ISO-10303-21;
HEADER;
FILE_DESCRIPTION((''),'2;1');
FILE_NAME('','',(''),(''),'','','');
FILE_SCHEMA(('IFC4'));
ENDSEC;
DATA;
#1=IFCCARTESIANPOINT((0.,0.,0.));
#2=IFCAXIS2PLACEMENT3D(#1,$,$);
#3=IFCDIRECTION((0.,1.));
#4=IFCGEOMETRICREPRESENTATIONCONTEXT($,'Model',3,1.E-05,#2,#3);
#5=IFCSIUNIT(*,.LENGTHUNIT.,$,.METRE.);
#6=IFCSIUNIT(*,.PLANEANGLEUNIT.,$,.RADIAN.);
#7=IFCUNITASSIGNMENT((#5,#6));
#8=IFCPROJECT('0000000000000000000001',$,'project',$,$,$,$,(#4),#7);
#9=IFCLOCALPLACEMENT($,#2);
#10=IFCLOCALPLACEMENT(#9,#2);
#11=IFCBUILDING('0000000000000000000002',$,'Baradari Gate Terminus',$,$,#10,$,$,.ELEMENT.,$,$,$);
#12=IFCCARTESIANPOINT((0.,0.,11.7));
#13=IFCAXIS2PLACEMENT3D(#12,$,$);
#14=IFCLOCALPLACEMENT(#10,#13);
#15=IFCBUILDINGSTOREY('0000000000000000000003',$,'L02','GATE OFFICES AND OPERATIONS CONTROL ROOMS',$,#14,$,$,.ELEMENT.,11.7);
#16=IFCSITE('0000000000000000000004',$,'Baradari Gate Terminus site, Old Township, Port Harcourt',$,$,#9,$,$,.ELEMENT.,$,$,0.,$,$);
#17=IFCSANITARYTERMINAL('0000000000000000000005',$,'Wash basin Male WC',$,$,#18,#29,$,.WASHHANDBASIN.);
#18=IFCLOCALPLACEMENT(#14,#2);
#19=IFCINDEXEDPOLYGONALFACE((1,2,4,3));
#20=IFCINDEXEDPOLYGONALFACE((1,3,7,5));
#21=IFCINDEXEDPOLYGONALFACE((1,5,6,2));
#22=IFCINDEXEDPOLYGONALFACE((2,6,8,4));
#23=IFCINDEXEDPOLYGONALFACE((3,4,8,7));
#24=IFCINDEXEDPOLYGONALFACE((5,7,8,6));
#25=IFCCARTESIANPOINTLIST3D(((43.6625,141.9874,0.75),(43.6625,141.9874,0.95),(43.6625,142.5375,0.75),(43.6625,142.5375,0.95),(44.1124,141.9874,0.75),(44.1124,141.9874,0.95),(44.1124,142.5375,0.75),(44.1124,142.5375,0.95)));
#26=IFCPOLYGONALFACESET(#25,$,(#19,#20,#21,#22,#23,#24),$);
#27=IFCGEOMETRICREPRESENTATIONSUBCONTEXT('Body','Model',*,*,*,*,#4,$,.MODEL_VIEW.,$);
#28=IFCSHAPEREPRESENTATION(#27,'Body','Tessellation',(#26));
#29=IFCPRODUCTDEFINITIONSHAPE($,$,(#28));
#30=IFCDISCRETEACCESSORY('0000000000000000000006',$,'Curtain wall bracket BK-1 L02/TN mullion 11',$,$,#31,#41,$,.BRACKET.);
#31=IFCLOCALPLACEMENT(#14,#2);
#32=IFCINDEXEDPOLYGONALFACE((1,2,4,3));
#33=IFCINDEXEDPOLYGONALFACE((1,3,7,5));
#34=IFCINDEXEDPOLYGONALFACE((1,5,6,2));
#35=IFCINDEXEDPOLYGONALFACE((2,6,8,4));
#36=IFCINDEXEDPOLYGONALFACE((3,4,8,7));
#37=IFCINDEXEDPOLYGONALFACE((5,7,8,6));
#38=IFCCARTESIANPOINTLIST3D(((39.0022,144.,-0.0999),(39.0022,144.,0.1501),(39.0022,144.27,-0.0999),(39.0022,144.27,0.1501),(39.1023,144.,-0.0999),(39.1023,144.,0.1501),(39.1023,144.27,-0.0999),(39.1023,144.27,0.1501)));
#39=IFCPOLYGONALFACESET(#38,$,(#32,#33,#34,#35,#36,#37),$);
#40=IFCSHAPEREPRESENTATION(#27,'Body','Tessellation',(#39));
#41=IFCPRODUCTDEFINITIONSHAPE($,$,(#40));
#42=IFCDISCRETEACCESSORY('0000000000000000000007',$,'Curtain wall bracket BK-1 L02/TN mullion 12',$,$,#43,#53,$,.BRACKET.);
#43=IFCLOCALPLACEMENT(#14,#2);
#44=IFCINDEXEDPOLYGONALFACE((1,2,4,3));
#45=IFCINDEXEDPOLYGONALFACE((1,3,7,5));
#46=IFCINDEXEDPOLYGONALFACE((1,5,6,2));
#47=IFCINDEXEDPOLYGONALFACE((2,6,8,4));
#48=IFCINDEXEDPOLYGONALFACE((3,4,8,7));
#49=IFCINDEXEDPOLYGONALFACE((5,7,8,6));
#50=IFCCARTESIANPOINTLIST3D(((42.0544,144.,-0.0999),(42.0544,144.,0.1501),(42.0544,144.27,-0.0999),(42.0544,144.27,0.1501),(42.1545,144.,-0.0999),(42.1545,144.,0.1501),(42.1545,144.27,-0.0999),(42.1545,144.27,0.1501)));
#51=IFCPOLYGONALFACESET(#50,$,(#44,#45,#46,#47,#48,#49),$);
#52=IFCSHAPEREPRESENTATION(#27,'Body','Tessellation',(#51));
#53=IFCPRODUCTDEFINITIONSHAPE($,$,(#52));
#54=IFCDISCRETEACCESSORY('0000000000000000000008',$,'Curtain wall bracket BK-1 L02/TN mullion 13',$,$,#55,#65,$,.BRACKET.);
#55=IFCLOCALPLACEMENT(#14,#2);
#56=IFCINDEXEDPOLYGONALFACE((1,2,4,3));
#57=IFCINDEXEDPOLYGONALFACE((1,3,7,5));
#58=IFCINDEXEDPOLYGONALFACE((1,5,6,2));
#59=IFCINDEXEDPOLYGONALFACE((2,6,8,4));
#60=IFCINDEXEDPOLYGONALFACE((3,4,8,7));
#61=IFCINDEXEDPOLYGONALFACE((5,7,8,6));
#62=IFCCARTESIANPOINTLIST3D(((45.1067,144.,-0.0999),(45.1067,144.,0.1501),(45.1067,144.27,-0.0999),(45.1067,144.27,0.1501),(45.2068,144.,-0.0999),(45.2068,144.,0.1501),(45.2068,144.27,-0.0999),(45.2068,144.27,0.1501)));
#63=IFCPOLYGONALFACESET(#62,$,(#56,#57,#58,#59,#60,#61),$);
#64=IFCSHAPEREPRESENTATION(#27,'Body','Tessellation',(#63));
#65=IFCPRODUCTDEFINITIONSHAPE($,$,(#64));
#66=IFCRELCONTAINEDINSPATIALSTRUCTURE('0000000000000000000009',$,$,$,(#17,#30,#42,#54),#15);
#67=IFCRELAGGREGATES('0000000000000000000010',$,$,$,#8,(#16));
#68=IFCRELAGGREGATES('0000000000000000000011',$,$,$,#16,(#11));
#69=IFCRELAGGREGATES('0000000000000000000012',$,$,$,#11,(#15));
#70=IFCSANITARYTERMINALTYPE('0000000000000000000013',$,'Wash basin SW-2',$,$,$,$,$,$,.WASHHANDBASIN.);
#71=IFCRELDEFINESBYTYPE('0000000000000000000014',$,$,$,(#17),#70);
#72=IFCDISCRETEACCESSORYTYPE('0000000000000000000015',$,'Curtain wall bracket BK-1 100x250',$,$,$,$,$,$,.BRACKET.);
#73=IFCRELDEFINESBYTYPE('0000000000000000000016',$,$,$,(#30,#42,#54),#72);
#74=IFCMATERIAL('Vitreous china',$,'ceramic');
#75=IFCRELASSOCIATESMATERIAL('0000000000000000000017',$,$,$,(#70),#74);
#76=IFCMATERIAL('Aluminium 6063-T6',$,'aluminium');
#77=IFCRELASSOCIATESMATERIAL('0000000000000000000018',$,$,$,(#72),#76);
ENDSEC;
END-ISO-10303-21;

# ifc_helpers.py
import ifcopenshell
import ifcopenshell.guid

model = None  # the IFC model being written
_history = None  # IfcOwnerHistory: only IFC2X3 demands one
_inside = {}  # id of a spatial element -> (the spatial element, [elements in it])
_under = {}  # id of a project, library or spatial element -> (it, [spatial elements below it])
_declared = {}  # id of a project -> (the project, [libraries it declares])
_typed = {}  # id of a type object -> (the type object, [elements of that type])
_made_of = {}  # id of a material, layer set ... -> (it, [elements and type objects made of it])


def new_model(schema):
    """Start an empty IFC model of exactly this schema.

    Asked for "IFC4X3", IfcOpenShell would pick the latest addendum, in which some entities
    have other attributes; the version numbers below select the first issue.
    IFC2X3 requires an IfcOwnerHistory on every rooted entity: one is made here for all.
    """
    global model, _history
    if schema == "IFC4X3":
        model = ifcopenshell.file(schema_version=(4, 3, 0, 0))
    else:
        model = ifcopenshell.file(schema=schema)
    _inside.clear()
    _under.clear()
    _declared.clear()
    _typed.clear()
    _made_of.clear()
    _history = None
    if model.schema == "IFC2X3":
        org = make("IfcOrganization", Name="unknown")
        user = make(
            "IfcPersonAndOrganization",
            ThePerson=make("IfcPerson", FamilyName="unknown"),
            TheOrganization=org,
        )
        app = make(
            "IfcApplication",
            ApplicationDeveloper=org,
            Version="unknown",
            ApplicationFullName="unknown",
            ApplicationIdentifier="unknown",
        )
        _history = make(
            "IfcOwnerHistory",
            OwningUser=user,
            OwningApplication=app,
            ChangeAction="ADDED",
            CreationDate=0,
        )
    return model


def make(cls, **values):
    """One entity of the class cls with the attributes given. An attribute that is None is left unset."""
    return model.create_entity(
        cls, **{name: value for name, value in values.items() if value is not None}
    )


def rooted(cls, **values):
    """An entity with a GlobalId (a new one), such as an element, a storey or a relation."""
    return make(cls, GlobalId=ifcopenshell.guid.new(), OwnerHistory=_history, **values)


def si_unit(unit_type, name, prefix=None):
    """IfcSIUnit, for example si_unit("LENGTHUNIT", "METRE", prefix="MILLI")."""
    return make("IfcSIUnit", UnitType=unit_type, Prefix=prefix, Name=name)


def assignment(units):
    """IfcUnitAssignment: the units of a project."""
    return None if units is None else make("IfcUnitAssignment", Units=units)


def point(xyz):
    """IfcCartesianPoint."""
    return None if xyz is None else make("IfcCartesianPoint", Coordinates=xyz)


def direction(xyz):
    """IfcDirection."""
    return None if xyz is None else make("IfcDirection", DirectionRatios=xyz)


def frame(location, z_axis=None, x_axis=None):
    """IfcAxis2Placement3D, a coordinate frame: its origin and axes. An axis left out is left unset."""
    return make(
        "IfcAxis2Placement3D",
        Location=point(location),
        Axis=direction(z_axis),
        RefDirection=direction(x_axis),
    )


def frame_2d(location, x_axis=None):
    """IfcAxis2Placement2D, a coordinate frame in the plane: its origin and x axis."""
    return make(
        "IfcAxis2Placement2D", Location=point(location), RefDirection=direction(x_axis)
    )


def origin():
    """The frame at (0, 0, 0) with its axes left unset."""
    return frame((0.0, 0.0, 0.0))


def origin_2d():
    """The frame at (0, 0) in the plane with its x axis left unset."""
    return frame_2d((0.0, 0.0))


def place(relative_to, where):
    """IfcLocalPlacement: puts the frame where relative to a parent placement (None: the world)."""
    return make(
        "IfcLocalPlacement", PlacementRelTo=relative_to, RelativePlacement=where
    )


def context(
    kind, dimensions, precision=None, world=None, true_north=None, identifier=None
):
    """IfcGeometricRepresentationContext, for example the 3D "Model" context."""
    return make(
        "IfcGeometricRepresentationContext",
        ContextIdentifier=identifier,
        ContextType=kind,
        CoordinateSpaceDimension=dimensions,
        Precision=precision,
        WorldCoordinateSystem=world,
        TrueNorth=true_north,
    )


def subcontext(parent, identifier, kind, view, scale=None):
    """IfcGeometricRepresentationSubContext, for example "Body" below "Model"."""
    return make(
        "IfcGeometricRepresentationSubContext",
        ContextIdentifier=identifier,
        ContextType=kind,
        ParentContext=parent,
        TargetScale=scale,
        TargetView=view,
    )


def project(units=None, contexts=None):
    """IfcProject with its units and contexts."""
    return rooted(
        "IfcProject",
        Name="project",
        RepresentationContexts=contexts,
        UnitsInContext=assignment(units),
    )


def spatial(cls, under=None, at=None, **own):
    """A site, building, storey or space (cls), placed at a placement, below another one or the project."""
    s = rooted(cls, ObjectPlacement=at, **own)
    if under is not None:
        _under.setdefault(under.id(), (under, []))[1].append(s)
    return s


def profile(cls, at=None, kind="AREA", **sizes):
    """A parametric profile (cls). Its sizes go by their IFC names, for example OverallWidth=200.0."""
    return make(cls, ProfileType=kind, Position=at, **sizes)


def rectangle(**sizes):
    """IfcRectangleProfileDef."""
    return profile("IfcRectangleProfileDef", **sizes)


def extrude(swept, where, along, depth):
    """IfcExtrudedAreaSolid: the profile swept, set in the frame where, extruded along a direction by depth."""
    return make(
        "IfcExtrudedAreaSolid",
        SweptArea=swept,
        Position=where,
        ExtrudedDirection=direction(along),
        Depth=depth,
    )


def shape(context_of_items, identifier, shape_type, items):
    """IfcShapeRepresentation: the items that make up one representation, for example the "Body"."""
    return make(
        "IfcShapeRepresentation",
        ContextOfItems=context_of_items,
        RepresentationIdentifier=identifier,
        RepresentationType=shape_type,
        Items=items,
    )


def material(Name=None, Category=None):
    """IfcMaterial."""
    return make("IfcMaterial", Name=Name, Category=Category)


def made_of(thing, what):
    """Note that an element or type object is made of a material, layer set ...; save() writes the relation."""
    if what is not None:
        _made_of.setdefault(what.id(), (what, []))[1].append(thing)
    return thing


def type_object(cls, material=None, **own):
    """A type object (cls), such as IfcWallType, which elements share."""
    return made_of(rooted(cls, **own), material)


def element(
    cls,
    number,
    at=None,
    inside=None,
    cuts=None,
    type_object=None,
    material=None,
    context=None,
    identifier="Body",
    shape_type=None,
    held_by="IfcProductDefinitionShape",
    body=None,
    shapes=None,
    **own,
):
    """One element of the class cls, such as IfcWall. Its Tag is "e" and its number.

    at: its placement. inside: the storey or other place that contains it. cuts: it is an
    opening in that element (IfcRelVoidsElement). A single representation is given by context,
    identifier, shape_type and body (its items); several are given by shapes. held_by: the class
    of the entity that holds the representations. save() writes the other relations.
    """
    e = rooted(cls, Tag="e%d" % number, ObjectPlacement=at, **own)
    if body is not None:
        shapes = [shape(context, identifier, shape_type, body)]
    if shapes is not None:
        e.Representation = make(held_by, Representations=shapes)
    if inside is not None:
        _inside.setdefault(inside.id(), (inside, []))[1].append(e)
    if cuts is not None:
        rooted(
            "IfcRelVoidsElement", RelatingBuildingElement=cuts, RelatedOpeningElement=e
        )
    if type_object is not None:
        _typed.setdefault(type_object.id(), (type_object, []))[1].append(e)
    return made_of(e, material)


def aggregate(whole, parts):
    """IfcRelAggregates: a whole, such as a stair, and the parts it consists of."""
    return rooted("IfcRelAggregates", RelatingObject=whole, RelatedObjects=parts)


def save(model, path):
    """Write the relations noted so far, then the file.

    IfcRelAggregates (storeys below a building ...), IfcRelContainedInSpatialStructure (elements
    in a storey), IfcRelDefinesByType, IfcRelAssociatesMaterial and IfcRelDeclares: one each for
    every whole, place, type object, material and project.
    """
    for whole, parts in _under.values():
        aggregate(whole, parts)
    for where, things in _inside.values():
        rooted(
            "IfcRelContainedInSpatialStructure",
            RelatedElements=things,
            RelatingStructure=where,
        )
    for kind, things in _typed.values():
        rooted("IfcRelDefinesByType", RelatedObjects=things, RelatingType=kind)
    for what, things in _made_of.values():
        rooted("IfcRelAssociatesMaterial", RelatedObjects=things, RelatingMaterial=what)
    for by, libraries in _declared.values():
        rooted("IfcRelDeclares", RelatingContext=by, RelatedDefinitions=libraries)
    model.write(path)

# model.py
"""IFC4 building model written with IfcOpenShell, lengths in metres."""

from ifc_helpers import new_model, si_unit, direction, frame, origin, origin_2d, place, context, subcontext, project, spatial, rectangle, extrude, material, type_object, element, save


model = new_model("IFC4")

# Units and contexts
model_context = context("Model", 3, precision=1e-05, world=origin(), true_north=direction((0.0, 1.0)))
body_context = subcontext(model_context, "Body", "Model", "MODEL_VIEW")
ifc_project = project(units=[si_unit("LENGTHUNIT", "METRE"), si_unit("PLANEANGLEUNIT", "RADIAN")], contexts=[model_context])

# Site, building, storey
site_placement = place(None, origin())
site = spatial("IfcSite", under=ifc_project, at=site_placement, Name="Baradari Gate Terminus site, Old Township, Port Harcourt", CompositionType="ELEMENT", RefElevation=0.0)
building_placement = place(site_placement, origin())
building = spatial("IfcBuilding", under=site, at=building_placement, Name="Baradari Gate Terminus", CompositionType="ELEMENT")
storey_placement = place(building_placement, frame((0.0, 0.0, 11.7)))
storey = spatial("IfcBuildingStorey", under=building, at=storey_placement, Name="L02", Description="GATE OFFICES AND OPERATIONS CONTROL ROOMS", CompositionType="ELEMENT", Elevation=11.7)

# Sanitary terminal
ifc_material_1 = material(Name="Vitreous china", Category="ceramic")
sanitary_terminal_type_1 = type_object("IfcSanitaryTerminalType", Name="Wash basin SW-2", PredefinedType="WASHHANDBASIN", material=ifc_material_1)
for number, where, z_axis, x_axis, name in (
    (1, (43.8875, 142.2625, 0.75), (0.0, 0.0, 1.0), (1.0, 0.0, 0.0), "Wash basin Male WC"),
):
    element("IfcSanitaryTerminal", number, at=place(storey_placement, frame(where, z_axis=z_axis, x_axis=x_axis)), inside=storey, type_object=sanitary_terminal_type_1, Name=name, PredefinedType="WASHHANDBASIN", context=body_context, shape_type="SweptSolid", body=[
        extrude(rectangle(XDim=0.45, YDim=0.55, at=origin_2d()), origin(), (0.0, 0.0, 1.0), 0.2),
    ])

# Discrete accessories
ifc_material_2 = material(Name="Aluminium 6063-T6", Category="aluminium")
discrete_accessory_type = type_object("IfcDiscreteAccessoryType", Name="Curtain wall bracket BK-1 100x250", PredefinedType="BRACKET", material=ifc_material_2)
for number, where, z_axis, x_axis, name in (
    (2, (39.0522, 144.135, -0.0999), (0.0, 0.0, 1.0), (0.0, 1.0, 0.0), "Curtain wall bracket BK-1 L02/TN mullion 11"),
    (3, (42.1045, 144.135, -0.0999), (0.0, 0.0, 1.0), (0.0, 1.0, 0.0), "Curtain wall bracket BK-1 L02/TN mullion 12"),
    (4, (45.1567, 144.135, -0.0999), (0.0, 0.0, 1.0), (0.0, 1.0, 0.0), "Curtain wall bracket BK-1 L02/TN mullion 13"),
):
    element("IfcDiscreteAccessory", number, at=place(storey_placement, frame(where, z_axis=z_axis, x_axis=x_axis)), inside=storey, type_object=discrete_accessory_type, Name=name, PredefinedType="BRACKET", context=body_context, shape_type="SweptSolid", body=[
        extrude(rectangle(XDim=0.27, YDim=0.1001, at=origin_2d()), origin(), (0.0, 0.0, 1.0), 0.25),
    ])

save(model, "model.ifc")
